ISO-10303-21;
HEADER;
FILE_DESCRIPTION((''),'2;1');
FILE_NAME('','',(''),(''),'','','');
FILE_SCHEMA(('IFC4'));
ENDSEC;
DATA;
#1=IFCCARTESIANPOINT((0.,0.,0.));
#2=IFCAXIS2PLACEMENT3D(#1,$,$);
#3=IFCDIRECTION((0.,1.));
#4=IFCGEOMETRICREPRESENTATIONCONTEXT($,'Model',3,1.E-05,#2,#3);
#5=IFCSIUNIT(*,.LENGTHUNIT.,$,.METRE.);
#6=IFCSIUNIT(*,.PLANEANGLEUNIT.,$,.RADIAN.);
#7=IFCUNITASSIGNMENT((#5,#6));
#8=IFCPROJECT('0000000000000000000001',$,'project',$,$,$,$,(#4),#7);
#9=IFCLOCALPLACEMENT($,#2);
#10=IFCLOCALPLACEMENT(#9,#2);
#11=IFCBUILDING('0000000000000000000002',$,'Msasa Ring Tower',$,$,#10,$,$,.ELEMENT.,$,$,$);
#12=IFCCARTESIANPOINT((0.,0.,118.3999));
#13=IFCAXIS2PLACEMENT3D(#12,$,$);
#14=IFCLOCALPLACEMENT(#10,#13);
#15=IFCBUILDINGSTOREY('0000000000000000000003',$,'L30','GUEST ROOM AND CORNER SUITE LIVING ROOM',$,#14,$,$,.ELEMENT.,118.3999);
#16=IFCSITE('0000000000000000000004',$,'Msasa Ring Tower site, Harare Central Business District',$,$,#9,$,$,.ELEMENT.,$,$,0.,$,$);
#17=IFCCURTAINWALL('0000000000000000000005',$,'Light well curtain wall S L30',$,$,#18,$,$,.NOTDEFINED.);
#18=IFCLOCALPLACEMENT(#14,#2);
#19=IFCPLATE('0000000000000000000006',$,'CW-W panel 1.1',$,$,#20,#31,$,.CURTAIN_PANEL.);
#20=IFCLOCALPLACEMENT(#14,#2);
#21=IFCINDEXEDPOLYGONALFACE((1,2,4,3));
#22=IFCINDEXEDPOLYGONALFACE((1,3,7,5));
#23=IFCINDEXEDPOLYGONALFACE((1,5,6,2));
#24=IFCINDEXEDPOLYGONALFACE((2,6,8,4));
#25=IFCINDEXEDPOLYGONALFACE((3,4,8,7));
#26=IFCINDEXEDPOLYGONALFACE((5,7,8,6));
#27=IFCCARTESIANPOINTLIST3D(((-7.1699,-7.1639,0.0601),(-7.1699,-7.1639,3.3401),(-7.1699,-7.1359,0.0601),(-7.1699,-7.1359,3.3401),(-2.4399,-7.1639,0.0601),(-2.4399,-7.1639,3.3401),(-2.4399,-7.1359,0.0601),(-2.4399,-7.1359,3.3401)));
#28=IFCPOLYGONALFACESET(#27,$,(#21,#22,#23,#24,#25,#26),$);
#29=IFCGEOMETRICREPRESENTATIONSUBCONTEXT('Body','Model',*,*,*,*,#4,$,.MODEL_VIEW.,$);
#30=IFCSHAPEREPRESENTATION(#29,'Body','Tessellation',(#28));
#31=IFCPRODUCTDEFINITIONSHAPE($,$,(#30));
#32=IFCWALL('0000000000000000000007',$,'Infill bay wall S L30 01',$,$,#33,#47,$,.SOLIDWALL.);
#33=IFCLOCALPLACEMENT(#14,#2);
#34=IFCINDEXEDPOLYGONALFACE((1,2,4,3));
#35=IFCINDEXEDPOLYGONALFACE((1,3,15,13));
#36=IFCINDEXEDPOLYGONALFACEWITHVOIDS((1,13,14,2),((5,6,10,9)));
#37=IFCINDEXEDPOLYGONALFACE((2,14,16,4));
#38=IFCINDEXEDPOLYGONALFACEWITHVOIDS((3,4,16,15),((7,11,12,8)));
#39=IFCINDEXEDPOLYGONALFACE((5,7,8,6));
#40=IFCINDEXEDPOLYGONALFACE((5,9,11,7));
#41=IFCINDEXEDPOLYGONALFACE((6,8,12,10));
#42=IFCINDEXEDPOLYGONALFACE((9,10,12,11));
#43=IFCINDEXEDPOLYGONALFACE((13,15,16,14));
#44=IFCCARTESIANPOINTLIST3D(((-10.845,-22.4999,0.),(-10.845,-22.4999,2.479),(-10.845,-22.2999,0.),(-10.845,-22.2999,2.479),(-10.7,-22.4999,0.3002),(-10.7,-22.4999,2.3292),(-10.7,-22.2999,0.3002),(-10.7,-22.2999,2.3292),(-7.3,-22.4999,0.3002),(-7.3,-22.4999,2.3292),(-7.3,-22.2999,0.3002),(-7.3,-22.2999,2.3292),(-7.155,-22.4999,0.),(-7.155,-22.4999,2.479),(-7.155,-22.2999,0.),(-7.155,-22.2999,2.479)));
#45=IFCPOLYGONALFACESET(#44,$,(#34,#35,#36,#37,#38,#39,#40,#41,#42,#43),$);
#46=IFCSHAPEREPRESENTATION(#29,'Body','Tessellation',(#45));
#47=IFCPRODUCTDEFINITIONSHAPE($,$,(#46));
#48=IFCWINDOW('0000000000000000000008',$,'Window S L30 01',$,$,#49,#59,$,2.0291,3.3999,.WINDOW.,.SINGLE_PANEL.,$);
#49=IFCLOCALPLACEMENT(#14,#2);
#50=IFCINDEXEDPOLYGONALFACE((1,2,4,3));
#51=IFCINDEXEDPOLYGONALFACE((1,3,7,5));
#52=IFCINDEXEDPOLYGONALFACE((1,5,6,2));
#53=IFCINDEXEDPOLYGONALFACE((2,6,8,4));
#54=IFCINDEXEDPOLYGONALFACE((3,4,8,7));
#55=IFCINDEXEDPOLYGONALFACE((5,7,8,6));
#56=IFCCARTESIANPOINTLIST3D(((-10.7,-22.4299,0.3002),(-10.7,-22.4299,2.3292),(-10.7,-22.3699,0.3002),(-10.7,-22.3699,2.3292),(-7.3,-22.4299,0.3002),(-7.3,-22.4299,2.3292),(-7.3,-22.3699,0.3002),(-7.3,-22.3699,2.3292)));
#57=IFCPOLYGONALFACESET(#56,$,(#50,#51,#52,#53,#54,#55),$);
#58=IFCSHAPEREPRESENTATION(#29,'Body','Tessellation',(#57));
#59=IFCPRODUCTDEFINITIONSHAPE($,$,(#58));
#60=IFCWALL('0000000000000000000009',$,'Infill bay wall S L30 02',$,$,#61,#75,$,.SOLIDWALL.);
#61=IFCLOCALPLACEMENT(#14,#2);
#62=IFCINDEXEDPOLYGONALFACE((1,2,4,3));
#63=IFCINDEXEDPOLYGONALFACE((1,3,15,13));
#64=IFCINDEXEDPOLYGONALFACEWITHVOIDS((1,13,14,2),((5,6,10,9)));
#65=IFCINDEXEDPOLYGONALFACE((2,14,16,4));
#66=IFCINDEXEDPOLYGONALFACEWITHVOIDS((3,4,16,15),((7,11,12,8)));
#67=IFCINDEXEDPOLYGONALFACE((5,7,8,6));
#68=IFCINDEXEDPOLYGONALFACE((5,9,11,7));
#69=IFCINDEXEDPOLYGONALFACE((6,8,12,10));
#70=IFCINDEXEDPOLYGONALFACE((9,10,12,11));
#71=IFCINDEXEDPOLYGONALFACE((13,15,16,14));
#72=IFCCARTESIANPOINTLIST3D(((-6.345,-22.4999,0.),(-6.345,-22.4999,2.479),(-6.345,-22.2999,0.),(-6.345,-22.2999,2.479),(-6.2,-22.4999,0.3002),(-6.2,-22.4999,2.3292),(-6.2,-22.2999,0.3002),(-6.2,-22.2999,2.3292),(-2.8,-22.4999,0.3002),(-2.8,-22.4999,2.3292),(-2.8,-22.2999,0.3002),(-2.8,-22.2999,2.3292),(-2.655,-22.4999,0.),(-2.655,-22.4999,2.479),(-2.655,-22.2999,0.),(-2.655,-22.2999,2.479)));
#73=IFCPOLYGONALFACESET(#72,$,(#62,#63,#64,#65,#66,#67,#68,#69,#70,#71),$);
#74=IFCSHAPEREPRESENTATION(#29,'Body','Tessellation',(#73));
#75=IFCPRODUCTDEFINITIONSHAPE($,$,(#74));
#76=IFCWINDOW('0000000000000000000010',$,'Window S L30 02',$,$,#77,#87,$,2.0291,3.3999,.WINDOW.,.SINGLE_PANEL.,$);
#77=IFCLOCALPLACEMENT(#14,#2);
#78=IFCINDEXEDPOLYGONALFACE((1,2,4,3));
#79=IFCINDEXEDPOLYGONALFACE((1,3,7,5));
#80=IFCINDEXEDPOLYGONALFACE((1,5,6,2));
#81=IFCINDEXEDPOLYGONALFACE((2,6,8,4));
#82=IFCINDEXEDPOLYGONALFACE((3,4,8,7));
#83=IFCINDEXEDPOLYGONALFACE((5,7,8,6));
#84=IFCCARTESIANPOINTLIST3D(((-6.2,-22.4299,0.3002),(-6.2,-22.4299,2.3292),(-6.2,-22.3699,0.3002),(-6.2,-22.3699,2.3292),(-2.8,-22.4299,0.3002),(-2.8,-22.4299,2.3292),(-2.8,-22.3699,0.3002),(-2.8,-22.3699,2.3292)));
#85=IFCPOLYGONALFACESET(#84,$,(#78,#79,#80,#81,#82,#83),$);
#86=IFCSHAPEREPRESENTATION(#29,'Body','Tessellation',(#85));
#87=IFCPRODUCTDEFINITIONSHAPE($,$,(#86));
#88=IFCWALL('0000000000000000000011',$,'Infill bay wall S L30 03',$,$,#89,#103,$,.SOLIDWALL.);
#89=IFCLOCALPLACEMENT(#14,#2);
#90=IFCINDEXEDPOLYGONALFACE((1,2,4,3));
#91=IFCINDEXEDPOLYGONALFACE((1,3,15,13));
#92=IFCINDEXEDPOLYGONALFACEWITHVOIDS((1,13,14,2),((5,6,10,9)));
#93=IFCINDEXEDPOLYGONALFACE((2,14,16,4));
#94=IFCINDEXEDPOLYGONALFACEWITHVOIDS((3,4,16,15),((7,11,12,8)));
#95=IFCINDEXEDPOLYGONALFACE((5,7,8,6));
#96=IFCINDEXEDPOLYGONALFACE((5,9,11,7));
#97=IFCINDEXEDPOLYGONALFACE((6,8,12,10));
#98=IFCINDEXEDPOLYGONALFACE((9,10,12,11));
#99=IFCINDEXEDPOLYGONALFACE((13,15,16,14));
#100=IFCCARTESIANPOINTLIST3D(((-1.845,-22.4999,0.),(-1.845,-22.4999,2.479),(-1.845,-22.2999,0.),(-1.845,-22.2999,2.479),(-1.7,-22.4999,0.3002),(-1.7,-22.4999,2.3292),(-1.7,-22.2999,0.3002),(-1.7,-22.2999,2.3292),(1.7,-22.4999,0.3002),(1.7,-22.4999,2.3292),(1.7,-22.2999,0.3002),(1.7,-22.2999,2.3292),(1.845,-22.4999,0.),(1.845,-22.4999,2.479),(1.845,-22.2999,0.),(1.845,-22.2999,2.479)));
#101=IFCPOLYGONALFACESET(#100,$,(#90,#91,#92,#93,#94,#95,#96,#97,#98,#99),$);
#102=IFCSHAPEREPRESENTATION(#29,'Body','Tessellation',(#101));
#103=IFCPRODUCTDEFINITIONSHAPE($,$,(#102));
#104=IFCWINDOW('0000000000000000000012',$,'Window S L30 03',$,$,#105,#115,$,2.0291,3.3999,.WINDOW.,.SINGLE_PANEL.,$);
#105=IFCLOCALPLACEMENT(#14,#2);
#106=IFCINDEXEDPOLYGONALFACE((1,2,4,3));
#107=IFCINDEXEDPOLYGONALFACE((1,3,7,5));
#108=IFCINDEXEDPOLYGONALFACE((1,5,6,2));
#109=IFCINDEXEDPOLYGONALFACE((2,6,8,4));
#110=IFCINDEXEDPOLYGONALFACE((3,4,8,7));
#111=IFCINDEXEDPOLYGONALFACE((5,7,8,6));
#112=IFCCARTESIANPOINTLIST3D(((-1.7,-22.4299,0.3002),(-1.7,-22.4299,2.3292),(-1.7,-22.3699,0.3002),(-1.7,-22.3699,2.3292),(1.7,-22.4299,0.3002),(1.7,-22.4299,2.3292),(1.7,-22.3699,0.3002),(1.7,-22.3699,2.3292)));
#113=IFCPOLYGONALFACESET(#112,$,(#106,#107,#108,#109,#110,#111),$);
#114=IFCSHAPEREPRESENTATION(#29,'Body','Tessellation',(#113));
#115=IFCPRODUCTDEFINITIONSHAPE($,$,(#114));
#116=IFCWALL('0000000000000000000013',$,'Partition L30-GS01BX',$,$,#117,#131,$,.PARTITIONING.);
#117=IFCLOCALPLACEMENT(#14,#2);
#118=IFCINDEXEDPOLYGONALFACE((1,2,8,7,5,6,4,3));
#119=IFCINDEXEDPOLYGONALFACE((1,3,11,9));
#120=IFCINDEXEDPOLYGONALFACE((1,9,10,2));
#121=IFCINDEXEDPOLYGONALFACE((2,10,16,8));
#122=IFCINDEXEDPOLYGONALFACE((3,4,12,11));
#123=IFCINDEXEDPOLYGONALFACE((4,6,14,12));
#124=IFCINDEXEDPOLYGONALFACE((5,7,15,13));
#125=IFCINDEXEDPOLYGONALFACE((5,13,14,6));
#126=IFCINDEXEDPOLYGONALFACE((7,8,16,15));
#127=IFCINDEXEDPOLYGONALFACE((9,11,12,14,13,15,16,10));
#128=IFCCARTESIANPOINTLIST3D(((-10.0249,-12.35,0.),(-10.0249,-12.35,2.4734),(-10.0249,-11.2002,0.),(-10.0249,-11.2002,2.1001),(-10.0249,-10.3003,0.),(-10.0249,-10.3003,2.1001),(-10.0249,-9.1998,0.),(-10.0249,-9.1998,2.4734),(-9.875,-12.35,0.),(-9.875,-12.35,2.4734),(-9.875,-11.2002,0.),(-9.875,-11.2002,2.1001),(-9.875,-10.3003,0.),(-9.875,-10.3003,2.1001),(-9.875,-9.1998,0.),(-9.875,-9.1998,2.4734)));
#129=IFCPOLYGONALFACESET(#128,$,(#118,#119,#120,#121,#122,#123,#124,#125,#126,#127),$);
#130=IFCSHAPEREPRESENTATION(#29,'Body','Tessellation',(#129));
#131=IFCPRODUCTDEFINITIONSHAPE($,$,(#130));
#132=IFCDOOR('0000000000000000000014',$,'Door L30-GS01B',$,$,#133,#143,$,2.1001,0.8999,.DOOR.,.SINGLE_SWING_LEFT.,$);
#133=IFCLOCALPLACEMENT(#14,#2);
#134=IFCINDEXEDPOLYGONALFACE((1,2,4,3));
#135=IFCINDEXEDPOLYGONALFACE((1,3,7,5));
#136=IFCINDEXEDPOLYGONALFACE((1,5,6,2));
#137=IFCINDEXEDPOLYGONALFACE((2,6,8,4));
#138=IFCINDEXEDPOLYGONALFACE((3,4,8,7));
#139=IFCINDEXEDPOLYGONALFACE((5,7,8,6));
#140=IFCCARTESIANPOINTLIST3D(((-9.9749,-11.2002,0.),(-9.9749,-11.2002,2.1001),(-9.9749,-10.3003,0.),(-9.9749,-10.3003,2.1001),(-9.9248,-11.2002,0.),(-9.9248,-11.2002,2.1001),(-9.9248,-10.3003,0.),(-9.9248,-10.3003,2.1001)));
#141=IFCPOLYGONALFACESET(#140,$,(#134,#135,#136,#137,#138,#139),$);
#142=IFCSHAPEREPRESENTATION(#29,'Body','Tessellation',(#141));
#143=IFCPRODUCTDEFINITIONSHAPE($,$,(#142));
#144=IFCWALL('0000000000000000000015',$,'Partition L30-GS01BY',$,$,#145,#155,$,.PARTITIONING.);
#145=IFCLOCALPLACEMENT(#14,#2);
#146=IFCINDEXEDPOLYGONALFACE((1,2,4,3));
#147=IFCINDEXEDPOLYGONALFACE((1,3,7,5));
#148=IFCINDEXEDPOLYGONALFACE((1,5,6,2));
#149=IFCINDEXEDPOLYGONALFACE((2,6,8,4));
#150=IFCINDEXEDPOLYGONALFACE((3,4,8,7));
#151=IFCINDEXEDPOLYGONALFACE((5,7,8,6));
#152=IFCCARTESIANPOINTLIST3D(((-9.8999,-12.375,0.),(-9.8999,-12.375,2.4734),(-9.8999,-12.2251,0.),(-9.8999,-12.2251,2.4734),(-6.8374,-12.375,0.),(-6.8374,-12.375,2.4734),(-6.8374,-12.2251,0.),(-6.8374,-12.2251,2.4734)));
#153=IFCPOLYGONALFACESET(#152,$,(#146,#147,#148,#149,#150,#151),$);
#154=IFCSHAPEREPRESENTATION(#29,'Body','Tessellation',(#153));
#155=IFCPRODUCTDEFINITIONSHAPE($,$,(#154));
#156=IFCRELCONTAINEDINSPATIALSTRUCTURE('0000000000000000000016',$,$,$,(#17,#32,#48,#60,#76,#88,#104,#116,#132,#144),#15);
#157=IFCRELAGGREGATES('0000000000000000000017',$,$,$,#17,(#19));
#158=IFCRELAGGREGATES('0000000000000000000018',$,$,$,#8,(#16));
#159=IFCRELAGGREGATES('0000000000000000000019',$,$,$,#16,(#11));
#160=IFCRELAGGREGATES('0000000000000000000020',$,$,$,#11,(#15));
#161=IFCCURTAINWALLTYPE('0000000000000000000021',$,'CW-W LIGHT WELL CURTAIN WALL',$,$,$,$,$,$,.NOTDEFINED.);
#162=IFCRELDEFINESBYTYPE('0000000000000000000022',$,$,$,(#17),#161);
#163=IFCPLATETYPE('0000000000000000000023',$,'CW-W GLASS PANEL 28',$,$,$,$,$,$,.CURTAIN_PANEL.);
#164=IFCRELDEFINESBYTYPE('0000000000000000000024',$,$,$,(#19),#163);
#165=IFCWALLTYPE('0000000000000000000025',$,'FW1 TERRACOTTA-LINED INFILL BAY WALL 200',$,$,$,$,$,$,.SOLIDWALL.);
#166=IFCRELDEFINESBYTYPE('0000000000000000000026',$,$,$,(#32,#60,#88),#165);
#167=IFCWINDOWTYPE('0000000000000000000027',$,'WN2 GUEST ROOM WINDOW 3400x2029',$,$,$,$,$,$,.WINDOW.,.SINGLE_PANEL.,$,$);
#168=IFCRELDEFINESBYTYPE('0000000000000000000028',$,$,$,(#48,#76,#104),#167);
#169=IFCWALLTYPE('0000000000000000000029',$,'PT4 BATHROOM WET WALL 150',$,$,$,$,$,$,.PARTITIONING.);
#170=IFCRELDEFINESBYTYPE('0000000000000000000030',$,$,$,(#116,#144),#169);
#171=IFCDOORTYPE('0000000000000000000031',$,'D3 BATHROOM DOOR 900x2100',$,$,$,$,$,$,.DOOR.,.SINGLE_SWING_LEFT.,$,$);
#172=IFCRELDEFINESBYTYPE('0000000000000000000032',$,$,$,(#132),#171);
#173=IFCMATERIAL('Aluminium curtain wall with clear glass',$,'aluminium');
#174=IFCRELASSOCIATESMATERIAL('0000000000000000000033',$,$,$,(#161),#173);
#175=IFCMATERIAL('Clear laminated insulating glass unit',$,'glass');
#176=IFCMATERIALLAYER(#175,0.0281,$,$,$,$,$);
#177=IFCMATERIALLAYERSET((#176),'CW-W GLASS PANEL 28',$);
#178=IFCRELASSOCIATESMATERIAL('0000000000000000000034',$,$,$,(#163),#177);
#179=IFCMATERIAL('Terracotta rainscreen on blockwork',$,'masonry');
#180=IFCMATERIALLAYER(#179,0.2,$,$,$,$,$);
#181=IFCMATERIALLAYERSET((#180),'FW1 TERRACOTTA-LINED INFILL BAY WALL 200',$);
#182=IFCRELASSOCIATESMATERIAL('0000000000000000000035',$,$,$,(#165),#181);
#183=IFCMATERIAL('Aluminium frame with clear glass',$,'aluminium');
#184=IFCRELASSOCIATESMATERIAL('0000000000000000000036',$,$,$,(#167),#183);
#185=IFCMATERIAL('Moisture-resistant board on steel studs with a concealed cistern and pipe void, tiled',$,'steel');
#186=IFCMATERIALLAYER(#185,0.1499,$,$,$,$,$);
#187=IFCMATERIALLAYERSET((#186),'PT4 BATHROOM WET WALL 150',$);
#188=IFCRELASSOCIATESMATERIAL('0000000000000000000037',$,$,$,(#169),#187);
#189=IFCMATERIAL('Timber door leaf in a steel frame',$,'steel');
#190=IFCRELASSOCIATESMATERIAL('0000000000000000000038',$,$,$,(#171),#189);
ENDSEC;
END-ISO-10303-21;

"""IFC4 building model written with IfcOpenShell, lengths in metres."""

from ifc_helpers import new_model, si_unit, direction, frame, frame_2d, origin, origin_2d, place, context, subcontext, project, spatial, rectangle, extrude, material, layer, layer_set, type_object, element, fill, aggregate, save


model = new_model("IFC4")

# Units and contexts
model_context = context("Model", 3, precision=1e-05, world=origin(), true_north=direction((0.0, 1.0)))
body_context = subcontext(model_context, "Body", "Model", "MODEL_VIEW")
ifc_project = project(units=[si_unit("LENGTHUNIT", "METRE"), si_unit("PLANEANGLEUNIT", "RADIAN")], contexts=[model_context])

# Site, building, storey
site_placement = place(None, origin())
site = spatial("IfcSite", under=ifc_project, at=site_placement, Name="Msasa Ring Tower site, Harare Central Business District", CompositionType="ELEMENT", RefElevation=0.0)
building_placement = place(site_placement, origin())
building = spatial("IfcBuilding", under=site, at=building_placement, Name="Msasa Ring Tower", CompositionType="ELEMENT")
storey_placement = place(building_placement, frame((0.0, 0.0, 118.3999)))
storey = spatial("IfcBuildingStorey", under=building, at=storey_placement, Name="L30", Description="GUEST ROOM AND CORNER SUITE LIVING ROOM", CompositionType="ELEMENT", Elevation=118.3999)

# Curtain wall
ifc_material_1 = material(Name="Aluminium curtain wall with clear glass", Category="aluminium")
curtain_wall_type = type_object("IfcCurtainWallType", Name="CW-W LIGHT WELL CURTAIN WALL", PredefinedType="NOTDEFINED", material=ifc_material_1)
curtain_wall_placement = place(storey_placement, origin())
curtain_wall = element("IfcCurtainWall", 1, at=curtain_wall_placement, inside=storey, type_object=curtain_wall_type, Name="Light well curtain wall S L30", PredefinedType="NOTDEFINED")

# Plate
ifc_material_2 = material(Name="Clear laminated insulating glass unit", Category="glass")
ifc_layer_1 = layer(ifc_material_2, 0.0281)
ifc_layer_set_1 = layer_set([ifc_layer_1], Name="CW-W GLASS PANEL 28")
plate_type = type_object("IfcPlateType", Name="CW-W GLASS PANEL 28", PredefinedType="CURTAIN_PANEL", material=ifc_layer_set_1)
plate_placement = place(storey_placement, frame((-4.8049, -7.1499, 0.0601), z_axis=(0.0, 0.0, 1.0), x_axis=(1.0, 0.0, 0.0)))
plate = element("IfcPlate", 2, at=plate_placement, type_object=plate_type, Name="CW-W panel 1.1", PredefinedType="CURTAIN_PANEL", context=body_context, shape_type="SweptSolid", body=[
    extrude(rectangle(XDim=4.73, YDim=0.0281, at=origin_2d()), origin(), (0.0, 0.0, 1.0), 3.28),
])
aggregate(curtain_wall, [plate])

# Walls, openings, windows
ifc_material_3 = material(Name="Terracotta rainscreen on blockwork", Category="masonry")
ifc_layer_2 = layer(ifc_material_3, 0.2)
ifc_layer_set_2 = layer_set([ifc_layer_2], Name="FW1 TERRACOTTA-LINED INFILL BAY WALL 200")
wall_type_1 = type_object("IfcWallType", Name="FW1 TERRACOTTA-LINED INFILL BAY WALL 200", PredefinedType="SOLIDWALL", material=ifc_layer_set_2)
wall_1_placement = place(storey_placement, frame((-10.845, -22.3999, 0.0), z_axis=(0.0, 0.0, 1.0), x_axis=(1.0, 0.0, 0.0)))
wall_1 = element("IfcWall", 3, at=wall_1_placement, inside=storey, type_object=wall_type_1, Name="Infill bay wall S L30 01", PredefinedType="SOLIDWALL", context=body_context, shape_type="SweptSolid", body=[
    extrude(rectangle(XDim=3.6899, YDim=0.2, at=frame_2d((1.845, 0.0))), origin(), (0.0, 0.0, 1.0), 2.479),
])
opening_1_placement = place(wall_1_placement, frame((0.145, 0.0, 0.3)))
opening_1 = element("IfcOpeningElement", 4, at=opening_1_placement, cuts=wall_1, PredefinedType="OPENING", context=body_context, shape_type="SweptSolid", body=[
    extrude(rectangle(XDim=3.3999, YDim=2.0291, at=frame_2d((1.7, 1.0146))), frame((0.0, 0.1099, 0.0), z_axis=(0.0, -1.0, 0.0), x_axis=(1.0, 0.0, 0.0)), (0.0, 0.0, 1.0), 0.22),
])
ifc_material_4 = material(Name="Aluminium frame with clear glass", Category="aluminium")
window_type = type_object("IfcWindowType", Name="WN2 GUEST ROOM WINDOW 3400x2029", PartitioningType="SINGLE_PANEL", PredefinedType="WINDOW", material=ifc_material_4)
window_1_placement = place(opening_1_placement, origin())
window_1 = element("IfcWindow", 5, at=window_1_placement, inside=storey, type_object=window_type, Name="Window S L30 01", OverallHeight=2.0291, OverallWidth=3.3999, PartitioningType="SINGLE_PANEL", PredefinedType="WINDOW", context=body_context, shape_type="SweptSolid", body=[
    extrude(rectangle(XDim=3.3999, YDim=2.0291, at=frame_2d((1.7, 1.0146))), frame((0.0, 0.03, 0.0), z_axis=(0.0, -1.0, 0.0), x_axis=(1.0, 0.0, 0.0)), (0.0, 0.0, 1.0), 0.0601),
])
fill(opening_1, window_1)
wall_2_placement = place(storey_placement, frame((-6.345, -22.3999, 0.0), z_axis=(0.0, 0.0, 1.0), x_axis=(1.0, 0.0, 0.0)))
wall_2 = element("IfcWall", 6, at=wall_2_placement, inside=storey, type_object=wall_type_1, Name="Infill bay wall S L30 02", PredefinedType="SOLIDWALL", context=body_context, shape_type="SweptSolid", body=[
    extrude(rectangle(XDim=3.6899, YDim=0.2, at=frame_2d((1.845, 0.0))), origin(), (0.0, 0.0, 1.0), 2.479),
])
opening_2_placement = place(wall_2_placement, frame((0.145, 0.0, 0.3)))
opening_2 = element("IfcOpeningElement", 7, at=opening_2_placement, cuts=wall_2, PredefinedType="OPENING", context=body_context, shape_type="SweptSolid", body=[
    extrude(rectangle(XDim=3.3999, YDim=2.0291, at=frame_2d((1.7, 1.0146))), frame((0.0, 0.1099, 0.0), z_axis=(0.0, -1.0, 0.0), x_axis=(1.0, 0.0, 0.0)), (0.0, 0.0, 1.0), 0.22),
])
window_2_placement = place(opening_2_placement, origin())
window_2 = element("IfcWindow", 8, at=window_2_placement, inside=storey, type_object=window_type, Name="Window S L30 02", OverallHeight=2.0291, OverallWidth=3.3999, PartitioningType="SINGLE_PANEL", PredefinedType="WINDOW", context=body_context, shape_type="SweptSolid", body=[
    extrude(rectangle(XDim=3.3999, YDim=2.0291, at=frame_2d((1.7, 1.0146))), frame((0.0, 0.03, 0.0), z_axis=(0.0, -1.0, 0.0), x_axis=(1.0, 0.0, 0.0)), (0.0, 0.0, 1.0), 0.0601),
])
fill(opening_2, window_2)
wall_3_placement = place(storey_placement, frame((-1.845, -22.3999, 0.0), z_axis=(0.0, 0.0, 1.0), x_axis=(1.0, 0.0, 0.0)))
wall_3 = element("IfcWall", 9, at=wall_3_placement, inside=storey, type_object=wall_type_1, Name="Infill bay wall S L30 03", PredefinedType="SOLIDWALL", context=body_context, shape_type="SweptSolid", body=[
    extrude(rectangle(XDim=3.6899, YDim=0.2, at=frame_2d((1.845, 0.0))), origin(), (0.0, 0.0, 1.0), 2.479),
])
opening_3_placement = place(wall_3_placement, frame((0.145, 0.0, 0.3)))
opening_3 = element("IfcOpeningElement", 10, at=opening_3_placement, cuts=wall_3, PredefinedType="OPENING", context=body_context, shape_type="SweptSolid", body=[
    extrude(rectangle(XDim=3.3999, YDim=2.0291, at=frame_2d((1.7, 1.0146))), frame((0.0, 0.1099, 0.0), z_axis=(0.0, -1.0, 0.0), x_axis=(1.0, 0.0, 0.0)), (0.0, 0.0, 1.0), 0.22),
])
window_3_placement = place(opening_3_placement, origin())
window_3 = element("IfcWindow", 11, at=window_3_placement, inside=storey, type_object=window_type, Name="Window S L30 03", OverallHeight=2.0291, OverallWidth=3.3999, PartitioningType="SINGLE_PANEL", PredefinedType="WINDOW", context=body_context, shape_type="SweptSolid", body=[
    extrude(rectangle(XDim=3.3999, YDim=2.0291, at=frame_2d((1.7, 1.0146))), frame((0.0, 0.03, 0.0), z_axis=(0.0, -1.0, 0.0), x_axis=(1.0, 0.0, 0.0)), (0.0, 0.0, 1.0), 0.0601),
])
fill(opening_3, window_3)

# Wall, opening, door
ifc_material_5 = material(Name="Moisture-resistant board on steel studs with a concealed cistern and pipe void, tiled", Category="steel")
ifc_layer_3 = layer(ifc_material_5, 0.1499)
ifc_layer_set_3 = layer_set([ifc_layer_3], Name="PT4 BATHROOM WET WALL 150")
wall_type_2 = type_object("IfcWallType", Name="PT4 BATHROOM WET WALL 150", PredefinedType="PARTITIONING", material=ifc_layer_set_3)
wall_4_placement = place(storey_placement, frame((-9.95, -12.3501, 0.0), z_axis=(0.0, 0.0, 1.0), x_axis=(0.0, 1.0, 0.0)))
wall_4 = element("IfcWall", 12, at=wall_4_placement, inside=storey, type_object=wall_type_2, Name="Partition L30-GS01BX", PredefinedType="PARTITIONING", context=body_context, shape_type="SweptSolid", body=[
    extrude(rectangle(XDim=3.1501, YDim=0.1499, at=frame_2d((1.5752, 0.0))), origin(), (0.0, 0.0, 1.0), 2.4734),
])
opening_4_placement = place(wall_4_placement, frame((1.1499, 0.0, 0.0)))
opening_4 = element("IfcOpeningElement", 13, at=opening_4_placement, cuts=wall_4, PredefinedType="OPENING", context=body_context, shape_type="SweptSolid", body=[
    extrude(rectangle(XDim=0.8999, YDim=2.1001, at=frame_2d((0.45, 1.05))), frame((0.0, 0.085, 0.0), z_axis=(0.0, -1.0, 0.0), x_axis=(1.0, 0.0, 0.0)), (0.0, 0.0, 1.0), 0.1699),
])
ifc_material_6 = material(Name="Timber door leaf in a steel frame", Category="steel")
door_type = type_object("IfcDoorType", Name="D3 BATHROOM DOOR 900x2100", OperationType="SINGLE_SWING_LEFT", PredefinedType="DOOR", material=ifc_material_6)
door_1_placement = place(opening_4_placement, origin())
door_1 = element("IfcDoor", 14, at=door_1_placement, inside=storey, type_object=door_type, Name="Door L30-GS01B", OperationType="SINGLE_SWING_LEFT", OverallHeight=2.1001, OverallWidth=0.8999, PredefinedType="DOOR", context=body_context, shape_type="SweptSolid", body=[
    extrude(rectangle(XDim=0.8999, YDim=2.1001, at=frame_2d((0.45, 1.05))), frame((0.0, 0.0249, 0.0), z_axis=(0.0, -1.0, 0.0), x_axis=(1.0, 0.0, 0.0)), (0.0, 0.0, 1.0), 0.05),
])
fill(opening_4, door_1)

# Wall
wall_5_placement = place(storey_placement, frame((-9.8999, -12.3, 0.0), z_axis=(0.0, 0.0, 1.0), x_axis=(1.0, 0.0, 0.0)))
element("IfcWall", 15, at=wall_5_placement, inside=storey, type_object=wall_type_2, Name="Partition L30-GS01BY", PredefinedType="PARTITIONING", context=body_context, shape_type="SweptSolid", body=[
    extrude(rectangle(XDim=3.0625, YDim=0.1499, at=frame_2d((1.5312, 0.0))), origin(), (0.0, 0.0, 1.0), 2.4734),
])

save(model, "model.ifc")
